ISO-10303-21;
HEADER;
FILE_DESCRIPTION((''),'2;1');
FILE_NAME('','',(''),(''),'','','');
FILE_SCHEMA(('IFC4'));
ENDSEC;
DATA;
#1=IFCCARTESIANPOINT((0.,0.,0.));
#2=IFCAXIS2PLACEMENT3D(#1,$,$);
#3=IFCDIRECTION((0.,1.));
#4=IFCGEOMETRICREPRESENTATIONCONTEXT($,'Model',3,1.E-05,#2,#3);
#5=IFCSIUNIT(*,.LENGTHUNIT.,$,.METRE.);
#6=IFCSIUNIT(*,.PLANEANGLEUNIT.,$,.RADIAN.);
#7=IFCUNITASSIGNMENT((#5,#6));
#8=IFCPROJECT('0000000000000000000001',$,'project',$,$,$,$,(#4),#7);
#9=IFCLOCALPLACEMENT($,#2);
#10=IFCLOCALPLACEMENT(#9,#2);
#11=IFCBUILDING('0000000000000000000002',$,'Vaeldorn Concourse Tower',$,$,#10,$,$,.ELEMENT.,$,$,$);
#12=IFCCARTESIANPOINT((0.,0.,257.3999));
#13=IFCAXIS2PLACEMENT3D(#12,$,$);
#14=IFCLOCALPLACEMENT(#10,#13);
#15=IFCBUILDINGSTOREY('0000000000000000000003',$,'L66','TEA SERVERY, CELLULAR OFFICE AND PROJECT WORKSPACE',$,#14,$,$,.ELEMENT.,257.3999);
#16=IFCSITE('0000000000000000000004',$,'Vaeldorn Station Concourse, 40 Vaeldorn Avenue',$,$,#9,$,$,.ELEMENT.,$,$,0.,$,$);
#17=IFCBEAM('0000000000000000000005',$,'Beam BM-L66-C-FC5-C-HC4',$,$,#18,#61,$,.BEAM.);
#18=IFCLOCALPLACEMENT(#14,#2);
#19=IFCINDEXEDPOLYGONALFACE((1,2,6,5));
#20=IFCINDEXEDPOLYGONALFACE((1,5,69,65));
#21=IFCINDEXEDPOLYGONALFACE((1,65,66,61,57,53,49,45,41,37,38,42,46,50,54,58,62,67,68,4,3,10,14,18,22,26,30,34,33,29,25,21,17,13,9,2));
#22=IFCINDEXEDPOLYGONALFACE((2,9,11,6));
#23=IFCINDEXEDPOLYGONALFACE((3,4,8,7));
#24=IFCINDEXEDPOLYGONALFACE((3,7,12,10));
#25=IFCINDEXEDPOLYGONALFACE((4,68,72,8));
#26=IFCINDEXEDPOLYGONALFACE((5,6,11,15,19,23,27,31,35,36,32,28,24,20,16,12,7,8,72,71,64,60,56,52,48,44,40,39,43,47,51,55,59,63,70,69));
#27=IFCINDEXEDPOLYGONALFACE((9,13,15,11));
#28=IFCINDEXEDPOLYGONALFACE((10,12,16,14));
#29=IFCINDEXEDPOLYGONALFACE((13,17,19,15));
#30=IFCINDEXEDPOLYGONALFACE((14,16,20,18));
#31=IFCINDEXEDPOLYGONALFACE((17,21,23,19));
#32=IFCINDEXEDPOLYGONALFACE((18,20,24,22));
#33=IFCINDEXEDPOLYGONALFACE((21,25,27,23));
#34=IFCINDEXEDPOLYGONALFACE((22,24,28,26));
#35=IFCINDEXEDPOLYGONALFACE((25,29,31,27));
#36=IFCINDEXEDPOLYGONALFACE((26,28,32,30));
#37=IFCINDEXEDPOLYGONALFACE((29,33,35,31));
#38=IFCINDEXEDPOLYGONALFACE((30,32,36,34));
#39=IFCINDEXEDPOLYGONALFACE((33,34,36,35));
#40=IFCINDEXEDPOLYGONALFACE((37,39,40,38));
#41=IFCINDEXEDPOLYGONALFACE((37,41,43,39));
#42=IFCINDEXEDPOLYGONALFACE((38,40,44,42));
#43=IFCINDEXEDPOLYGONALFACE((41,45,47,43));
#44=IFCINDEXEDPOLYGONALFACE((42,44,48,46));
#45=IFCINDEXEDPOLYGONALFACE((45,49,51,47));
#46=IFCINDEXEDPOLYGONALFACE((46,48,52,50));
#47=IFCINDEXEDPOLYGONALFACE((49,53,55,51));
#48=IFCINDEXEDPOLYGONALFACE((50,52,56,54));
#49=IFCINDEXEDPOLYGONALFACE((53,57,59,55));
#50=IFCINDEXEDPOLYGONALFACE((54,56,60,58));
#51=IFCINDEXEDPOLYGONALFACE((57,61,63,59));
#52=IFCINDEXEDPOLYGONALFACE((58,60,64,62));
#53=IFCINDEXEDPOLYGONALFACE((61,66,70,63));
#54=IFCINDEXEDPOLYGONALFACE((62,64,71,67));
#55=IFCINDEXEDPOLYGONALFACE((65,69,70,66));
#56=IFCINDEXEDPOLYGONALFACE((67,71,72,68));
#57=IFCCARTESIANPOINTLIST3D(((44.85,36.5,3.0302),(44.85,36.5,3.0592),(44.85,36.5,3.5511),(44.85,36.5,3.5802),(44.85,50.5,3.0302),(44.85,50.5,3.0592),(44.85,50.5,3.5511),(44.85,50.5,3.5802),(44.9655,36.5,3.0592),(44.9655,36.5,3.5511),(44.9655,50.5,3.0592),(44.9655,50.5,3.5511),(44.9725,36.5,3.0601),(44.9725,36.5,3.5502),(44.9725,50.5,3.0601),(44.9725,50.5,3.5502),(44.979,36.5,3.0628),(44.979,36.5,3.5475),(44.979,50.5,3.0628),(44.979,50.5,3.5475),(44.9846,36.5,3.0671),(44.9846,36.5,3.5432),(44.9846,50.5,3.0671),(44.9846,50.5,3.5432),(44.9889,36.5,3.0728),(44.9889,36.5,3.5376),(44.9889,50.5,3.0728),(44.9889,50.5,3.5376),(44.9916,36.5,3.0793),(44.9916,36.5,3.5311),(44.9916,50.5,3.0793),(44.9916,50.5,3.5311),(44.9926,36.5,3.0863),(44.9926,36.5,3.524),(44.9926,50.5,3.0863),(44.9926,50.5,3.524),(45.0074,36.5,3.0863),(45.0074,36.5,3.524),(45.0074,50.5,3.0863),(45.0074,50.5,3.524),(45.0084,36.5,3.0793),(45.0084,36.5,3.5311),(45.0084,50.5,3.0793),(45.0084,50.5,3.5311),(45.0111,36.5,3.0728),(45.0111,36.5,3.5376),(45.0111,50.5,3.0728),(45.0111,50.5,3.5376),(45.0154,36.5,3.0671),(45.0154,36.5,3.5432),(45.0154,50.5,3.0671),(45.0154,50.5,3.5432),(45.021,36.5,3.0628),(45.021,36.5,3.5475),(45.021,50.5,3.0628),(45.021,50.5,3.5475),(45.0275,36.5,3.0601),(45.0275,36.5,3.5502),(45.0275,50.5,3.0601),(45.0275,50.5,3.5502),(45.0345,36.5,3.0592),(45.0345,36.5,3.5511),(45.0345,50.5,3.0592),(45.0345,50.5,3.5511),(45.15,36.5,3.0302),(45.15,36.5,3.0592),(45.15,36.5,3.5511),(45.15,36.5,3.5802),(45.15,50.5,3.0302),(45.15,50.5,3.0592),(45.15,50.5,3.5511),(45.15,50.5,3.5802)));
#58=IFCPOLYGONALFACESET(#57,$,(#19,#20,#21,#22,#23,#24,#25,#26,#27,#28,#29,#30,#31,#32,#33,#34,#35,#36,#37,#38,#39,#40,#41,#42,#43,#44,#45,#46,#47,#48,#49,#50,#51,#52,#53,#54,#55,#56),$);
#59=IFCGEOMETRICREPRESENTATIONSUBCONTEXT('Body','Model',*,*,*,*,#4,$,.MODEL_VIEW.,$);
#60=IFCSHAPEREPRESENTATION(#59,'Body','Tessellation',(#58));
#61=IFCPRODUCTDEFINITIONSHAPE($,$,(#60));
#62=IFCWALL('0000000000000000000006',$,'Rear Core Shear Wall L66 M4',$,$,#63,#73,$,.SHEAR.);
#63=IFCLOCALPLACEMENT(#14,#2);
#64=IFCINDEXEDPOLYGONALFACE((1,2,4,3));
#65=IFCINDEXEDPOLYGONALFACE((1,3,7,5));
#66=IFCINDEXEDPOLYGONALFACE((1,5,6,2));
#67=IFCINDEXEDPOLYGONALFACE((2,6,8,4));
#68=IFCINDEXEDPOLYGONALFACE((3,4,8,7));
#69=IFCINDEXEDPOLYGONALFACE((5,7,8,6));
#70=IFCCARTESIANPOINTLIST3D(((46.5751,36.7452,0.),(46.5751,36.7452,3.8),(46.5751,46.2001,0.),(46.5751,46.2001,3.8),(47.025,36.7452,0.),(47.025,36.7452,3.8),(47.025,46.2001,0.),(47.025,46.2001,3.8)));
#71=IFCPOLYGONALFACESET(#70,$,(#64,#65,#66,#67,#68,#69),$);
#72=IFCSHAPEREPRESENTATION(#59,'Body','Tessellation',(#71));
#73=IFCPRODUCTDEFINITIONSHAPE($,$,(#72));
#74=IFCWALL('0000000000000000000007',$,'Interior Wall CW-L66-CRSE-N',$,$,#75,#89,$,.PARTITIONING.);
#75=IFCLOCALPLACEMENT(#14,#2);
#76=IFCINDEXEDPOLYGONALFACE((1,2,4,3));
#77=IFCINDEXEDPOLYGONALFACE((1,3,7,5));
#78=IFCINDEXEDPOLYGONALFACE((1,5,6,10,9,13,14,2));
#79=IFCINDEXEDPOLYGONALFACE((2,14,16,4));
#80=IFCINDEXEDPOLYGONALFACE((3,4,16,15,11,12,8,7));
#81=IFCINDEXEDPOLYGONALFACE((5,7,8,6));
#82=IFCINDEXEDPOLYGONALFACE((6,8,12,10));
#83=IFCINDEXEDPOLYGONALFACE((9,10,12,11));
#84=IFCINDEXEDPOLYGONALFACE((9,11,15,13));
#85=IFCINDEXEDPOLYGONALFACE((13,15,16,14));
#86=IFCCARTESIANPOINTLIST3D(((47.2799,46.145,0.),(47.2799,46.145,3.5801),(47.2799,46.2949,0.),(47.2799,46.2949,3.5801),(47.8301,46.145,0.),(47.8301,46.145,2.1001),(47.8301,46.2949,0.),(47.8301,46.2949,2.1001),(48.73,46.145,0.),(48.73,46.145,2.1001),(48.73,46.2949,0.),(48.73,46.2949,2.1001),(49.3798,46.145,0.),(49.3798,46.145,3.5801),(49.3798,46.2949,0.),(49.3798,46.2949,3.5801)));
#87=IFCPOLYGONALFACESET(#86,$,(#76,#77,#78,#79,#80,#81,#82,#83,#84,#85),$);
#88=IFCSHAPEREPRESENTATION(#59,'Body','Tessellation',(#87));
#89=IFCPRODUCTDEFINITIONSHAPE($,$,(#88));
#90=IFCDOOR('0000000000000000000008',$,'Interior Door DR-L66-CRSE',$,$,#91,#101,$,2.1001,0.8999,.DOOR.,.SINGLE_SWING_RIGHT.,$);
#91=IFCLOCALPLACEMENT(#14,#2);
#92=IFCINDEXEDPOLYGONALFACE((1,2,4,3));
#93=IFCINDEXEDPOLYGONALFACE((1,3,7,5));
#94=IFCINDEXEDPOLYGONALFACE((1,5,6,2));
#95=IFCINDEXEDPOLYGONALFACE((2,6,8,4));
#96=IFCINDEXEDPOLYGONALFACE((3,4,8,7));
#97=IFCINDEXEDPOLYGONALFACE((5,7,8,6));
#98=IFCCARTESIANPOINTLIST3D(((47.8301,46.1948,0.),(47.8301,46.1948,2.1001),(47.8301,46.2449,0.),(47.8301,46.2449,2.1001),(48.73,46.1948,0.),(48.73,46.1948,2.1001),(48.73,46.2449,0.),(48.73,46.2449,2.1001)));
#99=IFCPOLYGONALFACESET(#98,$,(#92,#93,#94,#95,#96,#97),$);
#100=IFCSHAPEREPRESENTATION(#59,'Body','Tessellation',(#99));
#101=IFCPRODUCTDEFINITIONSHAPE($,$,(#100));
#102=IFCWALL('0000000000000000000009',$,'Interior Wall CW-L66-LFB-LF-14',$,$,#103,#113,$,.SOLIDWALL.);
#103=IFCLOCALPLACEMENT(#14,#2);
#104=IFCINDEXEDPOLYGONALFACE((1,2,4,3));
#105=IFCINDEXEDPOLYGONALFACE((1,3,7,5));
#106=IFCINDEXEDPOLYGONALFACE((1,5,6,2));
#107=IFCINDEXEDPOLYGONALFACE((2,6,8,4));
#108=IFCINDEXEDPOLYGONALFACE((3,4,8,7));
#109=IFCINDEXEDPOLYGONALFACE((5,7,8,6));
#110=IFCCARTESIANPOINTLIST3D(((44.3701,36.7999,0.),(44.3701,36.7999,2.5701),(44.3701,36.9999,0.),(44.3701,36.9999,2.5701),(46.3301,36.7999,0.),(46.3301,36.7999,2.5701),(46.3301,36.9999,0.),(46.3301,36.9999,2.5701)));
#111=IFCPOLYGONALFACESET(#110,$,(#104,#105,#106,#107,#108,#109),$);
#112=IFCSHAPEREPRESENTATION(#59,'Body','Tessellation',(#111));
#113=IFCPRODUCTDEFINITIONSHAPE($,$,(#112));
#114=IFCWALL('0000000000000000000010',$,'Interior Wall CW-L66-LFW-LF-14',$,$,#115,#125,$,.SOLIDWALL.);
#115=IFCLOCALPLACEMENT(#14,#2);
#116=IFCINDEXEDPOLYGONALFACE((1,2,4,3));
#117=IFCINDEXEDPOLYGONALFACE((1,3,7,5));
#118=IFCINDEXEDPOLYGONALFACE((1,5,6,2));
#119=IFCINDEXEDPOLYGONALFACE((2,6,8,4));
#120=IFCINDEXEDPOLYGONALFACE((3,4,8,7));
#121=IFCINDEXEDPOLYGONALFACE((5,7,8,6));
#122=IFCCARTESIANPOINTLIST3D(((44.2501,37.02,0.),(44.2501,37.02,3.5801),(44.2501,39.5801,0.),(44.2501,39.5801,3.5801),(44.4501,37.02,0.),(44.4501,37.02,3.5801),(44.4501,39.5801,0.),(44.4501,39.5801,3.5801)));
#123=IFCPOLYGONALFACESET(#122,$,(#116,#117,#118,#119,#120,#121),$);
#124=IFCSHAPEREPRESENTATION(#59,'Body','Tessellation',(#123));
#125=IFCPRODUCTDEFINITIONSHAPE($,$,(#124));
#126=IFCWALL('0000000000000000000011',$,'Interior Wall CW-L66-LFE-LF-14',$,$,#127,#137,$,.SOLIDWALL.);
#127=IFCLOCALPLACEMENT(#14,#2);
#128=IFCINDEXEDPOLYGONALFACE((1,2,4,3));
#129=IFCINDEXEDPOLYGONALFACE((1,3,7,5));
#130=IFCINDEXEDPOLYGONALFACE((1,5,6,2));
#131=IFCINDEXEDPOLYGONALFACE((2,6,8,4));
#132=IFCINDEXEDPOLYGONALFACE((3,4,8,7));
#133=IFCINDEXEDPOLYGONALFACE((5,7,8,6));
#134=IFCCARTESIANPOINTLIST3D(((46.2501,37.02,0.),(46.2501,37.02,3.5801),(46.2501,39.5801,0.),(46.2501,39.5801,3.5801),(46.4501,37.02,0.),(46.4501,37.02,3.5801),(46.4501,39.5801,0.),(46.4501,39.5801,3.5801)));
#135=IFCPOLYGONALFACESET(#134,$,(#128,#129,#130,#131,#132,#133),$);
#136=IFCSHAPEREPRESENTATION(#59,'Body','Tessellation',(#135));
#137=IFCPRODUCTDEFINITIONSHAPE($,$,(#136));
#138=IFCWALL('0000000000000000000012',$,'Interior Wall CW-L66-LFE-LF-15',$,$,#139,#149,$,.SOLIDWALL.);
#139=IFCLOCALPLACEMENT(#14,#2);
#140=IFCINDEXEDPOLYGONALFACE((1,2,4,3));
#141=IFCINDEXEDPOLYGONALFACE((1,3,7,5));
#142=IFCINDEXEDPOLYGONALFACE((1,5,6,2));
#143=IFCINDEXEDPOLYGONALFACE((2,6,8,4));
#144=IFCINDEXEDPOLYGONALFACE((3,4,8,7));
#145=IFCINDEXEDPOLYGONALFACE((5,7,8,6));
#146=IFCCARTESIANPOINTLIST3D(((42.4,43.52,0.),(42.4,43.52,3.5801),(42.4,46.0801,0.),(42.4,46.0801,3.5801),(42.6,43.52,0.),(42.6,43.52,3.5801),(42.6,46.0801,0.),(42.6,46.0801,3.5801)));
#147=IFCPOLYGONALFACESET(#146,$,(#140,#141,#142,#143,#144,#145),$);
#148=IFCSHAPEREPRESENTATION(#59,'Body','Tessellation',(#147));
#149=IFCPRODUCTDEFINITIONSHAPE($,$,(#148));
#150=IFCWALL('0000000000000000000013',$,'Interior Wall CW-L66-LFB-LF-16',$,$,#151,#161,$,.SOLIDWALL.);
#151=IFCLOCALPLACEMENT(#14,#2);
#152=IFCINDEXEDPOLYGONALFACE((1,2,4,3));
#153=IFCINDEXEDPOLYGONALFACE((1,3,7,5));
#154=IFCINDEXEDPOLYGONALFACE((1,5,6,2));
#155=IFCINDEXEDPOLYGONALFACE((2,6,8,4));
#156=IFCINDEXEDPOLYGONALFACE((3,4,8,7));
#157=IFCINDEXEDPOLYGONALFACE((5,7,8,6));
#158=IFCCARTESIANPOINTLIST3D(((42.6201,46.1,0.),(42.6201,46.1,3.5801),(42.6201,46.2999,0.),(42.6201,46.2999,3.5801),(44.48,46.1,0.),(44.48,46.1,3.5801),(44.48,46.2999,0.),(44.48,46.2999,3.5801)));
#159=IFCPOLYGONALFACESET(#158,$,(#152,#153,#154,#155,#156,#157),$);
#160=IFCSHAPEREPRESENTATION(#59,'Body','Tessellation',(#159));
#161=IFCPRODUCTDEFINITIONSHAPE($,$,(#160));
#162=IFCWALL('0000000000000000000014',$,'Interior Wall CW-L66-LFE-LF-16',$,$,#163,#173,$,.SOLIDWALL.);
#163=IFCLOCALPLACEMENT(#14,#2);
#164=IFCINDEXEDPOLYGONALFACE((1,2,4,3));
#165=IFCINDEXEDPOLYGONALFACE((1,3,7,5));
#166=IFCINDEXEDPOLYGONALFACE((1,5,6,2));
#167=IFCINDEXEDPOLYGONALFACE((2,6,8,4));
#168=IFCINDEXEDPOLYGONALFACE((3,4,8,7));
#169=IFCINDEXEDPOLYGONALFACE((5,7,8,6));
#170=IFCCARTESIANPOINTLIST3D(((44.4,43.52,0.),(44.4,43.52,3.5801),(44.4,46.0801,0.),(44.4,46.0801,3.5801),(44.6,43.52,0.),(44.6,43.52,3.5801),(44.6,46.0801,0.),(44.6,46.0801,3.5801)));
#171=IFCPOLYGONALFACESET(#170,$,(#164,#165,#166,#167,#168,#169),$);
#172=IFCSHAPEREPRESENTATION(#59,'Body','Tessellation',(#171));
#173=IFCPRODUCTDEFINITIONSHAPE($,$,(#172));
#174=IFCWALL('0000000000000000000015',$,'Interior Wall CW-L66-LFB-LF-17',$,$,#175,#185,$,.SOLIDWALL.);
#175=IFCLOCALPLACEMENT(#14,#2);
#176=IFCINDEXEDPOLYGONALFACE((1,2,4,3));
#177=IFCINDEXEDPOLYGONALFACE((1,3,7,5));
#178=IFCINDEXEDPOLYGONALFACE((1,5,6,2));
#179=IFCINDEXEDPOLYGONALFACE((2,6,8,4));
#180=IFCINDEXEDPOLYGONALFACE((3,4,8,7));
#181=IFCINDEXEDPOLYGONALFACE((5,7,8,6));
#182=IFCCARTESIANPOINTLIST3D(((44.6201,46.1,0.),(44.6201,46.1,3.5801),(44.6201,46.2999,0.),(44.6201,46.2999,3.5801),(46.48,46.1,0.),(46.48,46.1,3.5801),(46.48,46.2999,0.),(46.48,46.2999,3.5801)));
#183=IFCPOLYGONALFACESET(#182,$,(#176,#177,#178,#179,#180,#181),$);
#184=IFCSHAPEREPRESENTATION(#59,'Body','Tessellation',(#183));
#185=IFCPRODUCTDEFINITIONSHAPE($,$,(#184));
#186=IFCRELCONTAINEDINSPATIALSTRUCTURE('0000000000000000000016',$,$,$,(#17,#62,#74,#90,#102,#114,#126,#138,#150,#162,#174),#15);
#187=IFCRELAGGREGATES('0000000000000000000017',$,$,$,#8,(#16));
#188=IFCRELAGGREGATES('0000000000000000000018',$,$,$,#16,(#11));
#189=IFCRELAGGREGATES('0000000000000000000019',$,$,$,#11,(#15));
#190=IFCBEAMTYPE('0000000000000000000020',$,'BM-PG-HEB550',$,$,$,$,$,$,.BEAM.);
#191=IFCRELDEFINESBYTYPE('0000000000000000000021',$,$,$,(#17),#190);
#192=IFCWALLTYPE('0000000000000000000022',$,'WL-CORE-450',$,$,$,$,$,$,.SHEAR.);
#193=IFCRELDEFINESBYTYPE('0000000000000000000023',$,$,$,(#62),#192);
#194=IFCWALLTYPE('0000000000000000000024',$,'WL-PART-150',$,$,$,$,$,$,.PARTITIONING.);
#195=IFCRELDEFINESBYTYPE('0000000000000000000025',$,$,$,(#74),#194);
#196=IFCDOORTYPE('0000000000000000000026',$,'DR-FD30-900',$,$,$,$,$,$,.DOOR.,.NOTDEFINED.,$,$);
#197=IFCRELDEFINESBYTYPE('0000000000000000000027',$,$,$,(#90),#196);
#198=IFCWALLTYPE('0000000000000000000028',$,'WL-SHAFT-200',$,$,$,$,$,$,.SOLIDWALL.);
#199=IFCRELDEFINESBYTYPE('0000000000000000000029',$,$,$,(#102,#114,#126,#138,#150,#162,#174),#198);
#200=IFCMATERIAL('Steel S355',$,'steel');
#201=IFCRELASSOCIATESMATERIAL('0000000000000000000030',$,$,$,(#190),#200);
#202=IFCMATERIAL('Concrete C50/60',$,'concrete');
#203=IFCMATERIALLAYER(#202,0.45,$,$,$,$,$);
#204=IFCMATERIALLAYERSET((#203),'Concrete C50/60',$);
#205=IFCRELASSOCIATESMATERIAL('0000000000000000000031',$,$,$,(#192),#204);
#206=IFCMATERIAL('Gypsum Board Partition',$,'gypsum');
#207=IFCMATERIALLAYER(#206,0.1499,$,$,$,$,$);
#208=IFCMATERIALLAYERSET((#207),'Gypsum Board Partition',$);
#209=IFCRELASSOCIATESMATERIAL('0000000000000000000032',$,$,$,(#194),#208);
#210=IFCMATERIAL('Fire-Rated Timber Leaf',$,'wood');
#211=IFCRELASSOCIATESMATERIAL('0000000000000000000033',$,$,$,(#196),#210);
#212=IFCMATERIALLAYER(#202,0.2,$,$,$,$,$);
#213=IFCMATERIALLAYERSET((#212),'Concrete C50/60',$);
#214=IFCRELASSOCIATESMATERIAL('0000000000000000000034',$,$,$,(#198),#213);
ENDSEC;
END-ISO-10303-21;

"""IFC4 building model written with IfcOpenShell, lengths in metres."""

from ifc_helpers import new_model, si_unit, direction, frame, frame_2d, origin, origin_2d, place, context, subcontext, project, spatial, rectangle, i_section, extrude, source, transform, mapped, material, layer, layer_set, material_profile, profile_set, type_object, element, fill, save


model = new_model("IFC4")

# Units and contexts
model_context = context("Model", 3, precision=1e-05, world=origin(), true_north=direction((0.0, 1.0)))
body_context = subcontext(model_context, "Body", "Model", "MODEL_VIEW")
ifc_project = project(units=[si_unit("LENGTHUNIT", "METRE"), si_unit("PLANEANGLEUNIT", "RADIAN")], contexts=[model_context])

# Site, building, storey
site_placement = place(None, origin())
site = spatial("IfcSite", under=ifc_project, at=site_placement, Name="Vaeldorn Station Concourse, 40 Vaeldorn Avenue", CompositionType="ELEMENT", RefElevation=0.0)
building_placement = place(site_placement, origin())
building = spatial("IfcBuilding", under=site, at=building_placement, Name="Vaeldorn Concourse Tower", CompositionType="ELEMENT")
storey_placement = place(building_placement, frame((0.0, 0.0, 257.3999)))
storey = spatial("IfcBuildingStorey", under=building, at=storey_placement, Name="L66", Description="TEA SERVERY, CELLULAR OFFICE AND PROJECT WORKSPACE", CompositionType="ELEMENT", Elevation=257.3999)

# Beam
ifc_material_1 = material(Name="Concrete C50/60", Category="concrete")
ifc_material_2 = material(Name="Steel S355", Category="steel")
ifc_material_profile_1 = material_profile(ifc_material_2, i_section(OverallWidth=0.3, OverallDepth=0.55, WebThickness=0.0149, FlangeThickness=0.0291, FilletRadius=0.0271, at=origin_2d()), Name="HEB 550")
ifc_profile_set_1 = profile_set([ifc_material_profile_1], Name="Steel S355")
beam_type_1 = type_object("IfcBeamType", Name="BM-PG-HEB550", PredefinedType="BEAM", material=ifc_profile_set_1)
shared_shape_1 = source(origin(), body_context, "Body", "SweptSolid", [
    extrude(i_section(OverallWidth=0.3, OverallDepth=0.55, WebThickness=0.0149, FlangeThickness=0.0291, FilletRadius=0.0271, at=origin_2d()), origin(), (0.0, 0.0, 1.0), 14.0),
])
beam_1_placement = place(storey_placement, frame((45.0, 36.5, 3.3052), z_axis=(0.0, 1.0, 0.0), x_axis=(-1.0, 0.0, 0.0)))
element("IfcBeam", 1, at=beam_1_placement, inside=storey, type_object=beam_type_1, Name="Beam BM-L66-C-FC5-C-HC4", PredefinedType="BEAM", context=body_context, shape_type="MappedRepresentation", body=[
    mapped(shared_shape_1, transform((0.0, 0.0, 0.0), scale=1.0)),
])

# Wall
ifc_layer_1 = layer(ifc_material_1, 0.45)
ifc_layer_set_1 = layer_set([ifc_layer_1], Name="Concrete C50/60")
wall_type_1 = type_object("IfcWallType", Name="WL-CORE-450", PredefinedType="SHEAR", material=ifc_layer_set_1)
wall_1_placement = place(storey_placement, frame((46.8, 36.7451, 0.0), z_axis=(0.0, 0.0, 1.0), x_axis=(0.0, 1.0, 0.0)))
element("IfcWall", 2, at=wall_1_placement, inside=storey, type_object=wall_type_1, Name="Rear Core Shear Wall L66 M4", PredefinedType="SHEAR", context=body_context, shape_type="SweptSolid", body=[
    extrude(rectangle(XDim=9.4548, YDim=0.45, at=frame_2d((4.7275, 0.0))), origin(), (0.0, 0.0, 1.0), 3.8),
])

# Wall, opening, door
ifc_material_3 = material(Name="Gypsum Board Partition", Category="gypsum")
ifc_layer_2 = layer(ifc_material_3, 0.1499)
ifc_layer_set_2 = layer_set([ifc_layer_2], Name="Gypsum Board Partition")
wall_type_2 = type_object("IfcWallType", Name="WL-PART-150", PredefinedType="PARTITIONING", material=ifc_layer_set_2)
wall_2_placement = place(storey_placement, frame((47.28, 46.22, 0.0), z_axis=(0.0, 0.0, 1.0), x_axis=(1.0, 0.0, 0.0)))
wall_2 = element("IfcWall", 3, at=wall_2_placement, inside=storey, type_object=wall_type_2, Name="Interior Wall CW-L66-CRSE-N", PredefinedType="PARTITIONING", context=body_context, shape_type="SweptSolid", body=[
    extrude(rectangle(XDim=2.0999, YDim=0.1499, at=frame_2d((1.0498, 0.0))), origin(), (0.0, 0.0, 1.0), 3.5801),
])
opening_1_placement = place(wall_2_placement, frame((0.55, 0.0, 0.0)))
opening_1 = element("IfcOpeningElement", 4, at=opening_1_placement, cuts=wall_2, PredefinedType="OPENING", context=body_context, shape_type="SweptSolid", body=[
    extrude(rectangle(XDim=0.8999, YDim=2.1001, at=frame_2d((0.45, 1.05))), frame((0.0, 0.085, 0.0), z_axis=(0.0, -1.0, 0.0), x_axis=(1.0, 0.0, 0.0)), (0.0, 0.0, 1.0), 0.1699),
])
ifc_material_4 = material(Name="Fire-Rated Timber Leaf", Category="wood")
door_type_1 = type_object("IfcDoorType", Name="DR-FD30-900", OperationType="NOTDEFINED", PredefinedType="DOOR", material=ifc_material_4)
shared_shape_2 = source(origin(), body_context, "Body", "SweptSolid", [
    extrude(rectangle(XDim=0.8999, YDim=2.1001, at=frame_2d((0.45, 1.05))), frame((0.0, 0.0249, 0.0), z_axis=(0.0, -1.0, 0.0), x_axis=(1.0, 0.0, 0.0)), (0.0, 0.0, 1.0), 0.05),
])
door_1_placement = place(opening_1_placement, origin())
door_1 = element("IfcDoor", 5, at=door_1_placement, inside=storey, type_object=door_type_1, Name="Interior Door DR-L66-CRSE", OperationType="SINGLE_SWING_RIGHT", OverallHeight=2.1001, OverallWidth=0.8999, PredefinedType="DOOR", context=body_context, shape_type="MappedRepresentation", body=[
    mapped(shared_shape_2, transform((0.0, 0.0, 0.0), scale=1.0)),
])
fill(opening_1, door_1)
ifc_layer_3 = layer(ifc_material_1, 0.2)
ifc_layer_set_3 = layer_set([ifc_layer_3], Name="Concrete C50/60")
wall_type_3 = type_object("IfcWallType", Name="WL-SHAFT-200", PredefinedType="SOLIDWALL", material=ifc_layer_set_3)

# Walls
wall_3_placement = place(storey_placement, frame((44.3701, 36.8999, 0.0), z_axis=(0.0, 0.0, 1.0), x_axis=(1.0, 0.0, 0.0)))
element("IfcWall", 6, at=wall_3_placement, inside=storey, type_object=wall_type_3, Name="Interior Wall CW-L66-LFB-LF-14", PredefinedType="SOLIDWALL", context=body_context, shape_type="SweptSolid", body=[
    extrude(rectangle(XDim=1.96, YDim=0.2, at=frame_2d((0.98, 0.0))), origin(), (0.0, 0.0, 1.0), 2.5701),
])
for number, where, z_axis, x_axis, name in (
    (7, (44.3501, 37.02, 0.0), (0.0, 0.0, 1.0), (0.0, 1.0, 0.0), "Interior Wall CW-L66-LFW-LF-14"),
    (8, (46.3501, 37.02, 0.0), (0.0, 0.0, 1.0), (0.0, 1.0, 0.0), "Interior Wall CW-L66-LFE-LF-14"),
    (9, (42.5, 43.52, 0.0), (0.0, 0.0, 1.0), (0.0, 1.0, 0.0), "Interior Wall CW-L66-LFE-LF-15"),
):
    element("IfcWall", number, at=place(storey_placement, frame(where, z_axis=z_axis, x_axis=x_axis)), inside=storey, type_object=wall_type_3, Name=name, PredefinedType="SOLIDWALL", context=body_context, shape_type="SweptSolid", body=[
        extrude(rectangle(XDim=2.5601, YDim=0.2, at=frame_2d((1.28, 0.0))), origin(), (0.0, 0.0, 1.0), 3.5801),
    ])

# Walls
wall_4_placement = place(storey_placement, frame((42.6201, 46.2, 0.0), z_axis=(0.0, 0.0, 1.0), x_axis=(1.0, 0.0, 0.0)))
element("IfcWall", 10, at=wall_4_placement, inside=storey, type_object=wall_type_3, Name="Interior Wall CW-L66-LFB-LF-16", PredefinedType="SOLIDWALL", context=body_context, shape_type="SweptSolid", body=[
    extrude(rectangle(XDim=1.8599, YDim=0.2, at=frame_2d((0.9299, 0.0))), origin(), (0.0, 0.0, 1.0), 3.5801),
])
wall_5_placement = place(storey_placement, frame((44.5, 43.52, 0.0), z_axis=(0.0, 0.0, 1.0), x_axis=(0.0, 1.0, 0.0)))
element("IfcWall", 11, at=wall_5_placement, inside=storey, type_object=wall_type_3, Name="Interior Wall CW-L66-LFE-LF-16", PredefinedType="SOLIDWALL", context=body_context, shape_type="SweptSolid", body=[
    extrude(rectangle(XDim=2.5601, YDim=0.2, at=frame_2d((1.28, 0.0))), origin(), (0.0, 0.0, 1.0), 3.5801),
])

# Wall
wall_6_placement = place(storey_placement, frame((44.6201, 46.2, 0.0), z_axis=(0.0, 0.0, 1.0), x_axis=(1.0, 0.0, 0.0)))
element("IfcWall", 12, at=wall_6_placement, inside=storey, type_object=wall_type_3, Name="Interior Wall CW-L66-LFB-LF-17", PredefinedType="SOLIDWALL", context=body_context, shape_type="SweptSolid", body=[
    extrude(rectangle(XDim=1.8599, YDim=0.2, at=frame_2d((0.9299, 0.0))), origin(), (0.0, 0.0, 1.0), 3.5801),
])

save(model, "model.ifc")
